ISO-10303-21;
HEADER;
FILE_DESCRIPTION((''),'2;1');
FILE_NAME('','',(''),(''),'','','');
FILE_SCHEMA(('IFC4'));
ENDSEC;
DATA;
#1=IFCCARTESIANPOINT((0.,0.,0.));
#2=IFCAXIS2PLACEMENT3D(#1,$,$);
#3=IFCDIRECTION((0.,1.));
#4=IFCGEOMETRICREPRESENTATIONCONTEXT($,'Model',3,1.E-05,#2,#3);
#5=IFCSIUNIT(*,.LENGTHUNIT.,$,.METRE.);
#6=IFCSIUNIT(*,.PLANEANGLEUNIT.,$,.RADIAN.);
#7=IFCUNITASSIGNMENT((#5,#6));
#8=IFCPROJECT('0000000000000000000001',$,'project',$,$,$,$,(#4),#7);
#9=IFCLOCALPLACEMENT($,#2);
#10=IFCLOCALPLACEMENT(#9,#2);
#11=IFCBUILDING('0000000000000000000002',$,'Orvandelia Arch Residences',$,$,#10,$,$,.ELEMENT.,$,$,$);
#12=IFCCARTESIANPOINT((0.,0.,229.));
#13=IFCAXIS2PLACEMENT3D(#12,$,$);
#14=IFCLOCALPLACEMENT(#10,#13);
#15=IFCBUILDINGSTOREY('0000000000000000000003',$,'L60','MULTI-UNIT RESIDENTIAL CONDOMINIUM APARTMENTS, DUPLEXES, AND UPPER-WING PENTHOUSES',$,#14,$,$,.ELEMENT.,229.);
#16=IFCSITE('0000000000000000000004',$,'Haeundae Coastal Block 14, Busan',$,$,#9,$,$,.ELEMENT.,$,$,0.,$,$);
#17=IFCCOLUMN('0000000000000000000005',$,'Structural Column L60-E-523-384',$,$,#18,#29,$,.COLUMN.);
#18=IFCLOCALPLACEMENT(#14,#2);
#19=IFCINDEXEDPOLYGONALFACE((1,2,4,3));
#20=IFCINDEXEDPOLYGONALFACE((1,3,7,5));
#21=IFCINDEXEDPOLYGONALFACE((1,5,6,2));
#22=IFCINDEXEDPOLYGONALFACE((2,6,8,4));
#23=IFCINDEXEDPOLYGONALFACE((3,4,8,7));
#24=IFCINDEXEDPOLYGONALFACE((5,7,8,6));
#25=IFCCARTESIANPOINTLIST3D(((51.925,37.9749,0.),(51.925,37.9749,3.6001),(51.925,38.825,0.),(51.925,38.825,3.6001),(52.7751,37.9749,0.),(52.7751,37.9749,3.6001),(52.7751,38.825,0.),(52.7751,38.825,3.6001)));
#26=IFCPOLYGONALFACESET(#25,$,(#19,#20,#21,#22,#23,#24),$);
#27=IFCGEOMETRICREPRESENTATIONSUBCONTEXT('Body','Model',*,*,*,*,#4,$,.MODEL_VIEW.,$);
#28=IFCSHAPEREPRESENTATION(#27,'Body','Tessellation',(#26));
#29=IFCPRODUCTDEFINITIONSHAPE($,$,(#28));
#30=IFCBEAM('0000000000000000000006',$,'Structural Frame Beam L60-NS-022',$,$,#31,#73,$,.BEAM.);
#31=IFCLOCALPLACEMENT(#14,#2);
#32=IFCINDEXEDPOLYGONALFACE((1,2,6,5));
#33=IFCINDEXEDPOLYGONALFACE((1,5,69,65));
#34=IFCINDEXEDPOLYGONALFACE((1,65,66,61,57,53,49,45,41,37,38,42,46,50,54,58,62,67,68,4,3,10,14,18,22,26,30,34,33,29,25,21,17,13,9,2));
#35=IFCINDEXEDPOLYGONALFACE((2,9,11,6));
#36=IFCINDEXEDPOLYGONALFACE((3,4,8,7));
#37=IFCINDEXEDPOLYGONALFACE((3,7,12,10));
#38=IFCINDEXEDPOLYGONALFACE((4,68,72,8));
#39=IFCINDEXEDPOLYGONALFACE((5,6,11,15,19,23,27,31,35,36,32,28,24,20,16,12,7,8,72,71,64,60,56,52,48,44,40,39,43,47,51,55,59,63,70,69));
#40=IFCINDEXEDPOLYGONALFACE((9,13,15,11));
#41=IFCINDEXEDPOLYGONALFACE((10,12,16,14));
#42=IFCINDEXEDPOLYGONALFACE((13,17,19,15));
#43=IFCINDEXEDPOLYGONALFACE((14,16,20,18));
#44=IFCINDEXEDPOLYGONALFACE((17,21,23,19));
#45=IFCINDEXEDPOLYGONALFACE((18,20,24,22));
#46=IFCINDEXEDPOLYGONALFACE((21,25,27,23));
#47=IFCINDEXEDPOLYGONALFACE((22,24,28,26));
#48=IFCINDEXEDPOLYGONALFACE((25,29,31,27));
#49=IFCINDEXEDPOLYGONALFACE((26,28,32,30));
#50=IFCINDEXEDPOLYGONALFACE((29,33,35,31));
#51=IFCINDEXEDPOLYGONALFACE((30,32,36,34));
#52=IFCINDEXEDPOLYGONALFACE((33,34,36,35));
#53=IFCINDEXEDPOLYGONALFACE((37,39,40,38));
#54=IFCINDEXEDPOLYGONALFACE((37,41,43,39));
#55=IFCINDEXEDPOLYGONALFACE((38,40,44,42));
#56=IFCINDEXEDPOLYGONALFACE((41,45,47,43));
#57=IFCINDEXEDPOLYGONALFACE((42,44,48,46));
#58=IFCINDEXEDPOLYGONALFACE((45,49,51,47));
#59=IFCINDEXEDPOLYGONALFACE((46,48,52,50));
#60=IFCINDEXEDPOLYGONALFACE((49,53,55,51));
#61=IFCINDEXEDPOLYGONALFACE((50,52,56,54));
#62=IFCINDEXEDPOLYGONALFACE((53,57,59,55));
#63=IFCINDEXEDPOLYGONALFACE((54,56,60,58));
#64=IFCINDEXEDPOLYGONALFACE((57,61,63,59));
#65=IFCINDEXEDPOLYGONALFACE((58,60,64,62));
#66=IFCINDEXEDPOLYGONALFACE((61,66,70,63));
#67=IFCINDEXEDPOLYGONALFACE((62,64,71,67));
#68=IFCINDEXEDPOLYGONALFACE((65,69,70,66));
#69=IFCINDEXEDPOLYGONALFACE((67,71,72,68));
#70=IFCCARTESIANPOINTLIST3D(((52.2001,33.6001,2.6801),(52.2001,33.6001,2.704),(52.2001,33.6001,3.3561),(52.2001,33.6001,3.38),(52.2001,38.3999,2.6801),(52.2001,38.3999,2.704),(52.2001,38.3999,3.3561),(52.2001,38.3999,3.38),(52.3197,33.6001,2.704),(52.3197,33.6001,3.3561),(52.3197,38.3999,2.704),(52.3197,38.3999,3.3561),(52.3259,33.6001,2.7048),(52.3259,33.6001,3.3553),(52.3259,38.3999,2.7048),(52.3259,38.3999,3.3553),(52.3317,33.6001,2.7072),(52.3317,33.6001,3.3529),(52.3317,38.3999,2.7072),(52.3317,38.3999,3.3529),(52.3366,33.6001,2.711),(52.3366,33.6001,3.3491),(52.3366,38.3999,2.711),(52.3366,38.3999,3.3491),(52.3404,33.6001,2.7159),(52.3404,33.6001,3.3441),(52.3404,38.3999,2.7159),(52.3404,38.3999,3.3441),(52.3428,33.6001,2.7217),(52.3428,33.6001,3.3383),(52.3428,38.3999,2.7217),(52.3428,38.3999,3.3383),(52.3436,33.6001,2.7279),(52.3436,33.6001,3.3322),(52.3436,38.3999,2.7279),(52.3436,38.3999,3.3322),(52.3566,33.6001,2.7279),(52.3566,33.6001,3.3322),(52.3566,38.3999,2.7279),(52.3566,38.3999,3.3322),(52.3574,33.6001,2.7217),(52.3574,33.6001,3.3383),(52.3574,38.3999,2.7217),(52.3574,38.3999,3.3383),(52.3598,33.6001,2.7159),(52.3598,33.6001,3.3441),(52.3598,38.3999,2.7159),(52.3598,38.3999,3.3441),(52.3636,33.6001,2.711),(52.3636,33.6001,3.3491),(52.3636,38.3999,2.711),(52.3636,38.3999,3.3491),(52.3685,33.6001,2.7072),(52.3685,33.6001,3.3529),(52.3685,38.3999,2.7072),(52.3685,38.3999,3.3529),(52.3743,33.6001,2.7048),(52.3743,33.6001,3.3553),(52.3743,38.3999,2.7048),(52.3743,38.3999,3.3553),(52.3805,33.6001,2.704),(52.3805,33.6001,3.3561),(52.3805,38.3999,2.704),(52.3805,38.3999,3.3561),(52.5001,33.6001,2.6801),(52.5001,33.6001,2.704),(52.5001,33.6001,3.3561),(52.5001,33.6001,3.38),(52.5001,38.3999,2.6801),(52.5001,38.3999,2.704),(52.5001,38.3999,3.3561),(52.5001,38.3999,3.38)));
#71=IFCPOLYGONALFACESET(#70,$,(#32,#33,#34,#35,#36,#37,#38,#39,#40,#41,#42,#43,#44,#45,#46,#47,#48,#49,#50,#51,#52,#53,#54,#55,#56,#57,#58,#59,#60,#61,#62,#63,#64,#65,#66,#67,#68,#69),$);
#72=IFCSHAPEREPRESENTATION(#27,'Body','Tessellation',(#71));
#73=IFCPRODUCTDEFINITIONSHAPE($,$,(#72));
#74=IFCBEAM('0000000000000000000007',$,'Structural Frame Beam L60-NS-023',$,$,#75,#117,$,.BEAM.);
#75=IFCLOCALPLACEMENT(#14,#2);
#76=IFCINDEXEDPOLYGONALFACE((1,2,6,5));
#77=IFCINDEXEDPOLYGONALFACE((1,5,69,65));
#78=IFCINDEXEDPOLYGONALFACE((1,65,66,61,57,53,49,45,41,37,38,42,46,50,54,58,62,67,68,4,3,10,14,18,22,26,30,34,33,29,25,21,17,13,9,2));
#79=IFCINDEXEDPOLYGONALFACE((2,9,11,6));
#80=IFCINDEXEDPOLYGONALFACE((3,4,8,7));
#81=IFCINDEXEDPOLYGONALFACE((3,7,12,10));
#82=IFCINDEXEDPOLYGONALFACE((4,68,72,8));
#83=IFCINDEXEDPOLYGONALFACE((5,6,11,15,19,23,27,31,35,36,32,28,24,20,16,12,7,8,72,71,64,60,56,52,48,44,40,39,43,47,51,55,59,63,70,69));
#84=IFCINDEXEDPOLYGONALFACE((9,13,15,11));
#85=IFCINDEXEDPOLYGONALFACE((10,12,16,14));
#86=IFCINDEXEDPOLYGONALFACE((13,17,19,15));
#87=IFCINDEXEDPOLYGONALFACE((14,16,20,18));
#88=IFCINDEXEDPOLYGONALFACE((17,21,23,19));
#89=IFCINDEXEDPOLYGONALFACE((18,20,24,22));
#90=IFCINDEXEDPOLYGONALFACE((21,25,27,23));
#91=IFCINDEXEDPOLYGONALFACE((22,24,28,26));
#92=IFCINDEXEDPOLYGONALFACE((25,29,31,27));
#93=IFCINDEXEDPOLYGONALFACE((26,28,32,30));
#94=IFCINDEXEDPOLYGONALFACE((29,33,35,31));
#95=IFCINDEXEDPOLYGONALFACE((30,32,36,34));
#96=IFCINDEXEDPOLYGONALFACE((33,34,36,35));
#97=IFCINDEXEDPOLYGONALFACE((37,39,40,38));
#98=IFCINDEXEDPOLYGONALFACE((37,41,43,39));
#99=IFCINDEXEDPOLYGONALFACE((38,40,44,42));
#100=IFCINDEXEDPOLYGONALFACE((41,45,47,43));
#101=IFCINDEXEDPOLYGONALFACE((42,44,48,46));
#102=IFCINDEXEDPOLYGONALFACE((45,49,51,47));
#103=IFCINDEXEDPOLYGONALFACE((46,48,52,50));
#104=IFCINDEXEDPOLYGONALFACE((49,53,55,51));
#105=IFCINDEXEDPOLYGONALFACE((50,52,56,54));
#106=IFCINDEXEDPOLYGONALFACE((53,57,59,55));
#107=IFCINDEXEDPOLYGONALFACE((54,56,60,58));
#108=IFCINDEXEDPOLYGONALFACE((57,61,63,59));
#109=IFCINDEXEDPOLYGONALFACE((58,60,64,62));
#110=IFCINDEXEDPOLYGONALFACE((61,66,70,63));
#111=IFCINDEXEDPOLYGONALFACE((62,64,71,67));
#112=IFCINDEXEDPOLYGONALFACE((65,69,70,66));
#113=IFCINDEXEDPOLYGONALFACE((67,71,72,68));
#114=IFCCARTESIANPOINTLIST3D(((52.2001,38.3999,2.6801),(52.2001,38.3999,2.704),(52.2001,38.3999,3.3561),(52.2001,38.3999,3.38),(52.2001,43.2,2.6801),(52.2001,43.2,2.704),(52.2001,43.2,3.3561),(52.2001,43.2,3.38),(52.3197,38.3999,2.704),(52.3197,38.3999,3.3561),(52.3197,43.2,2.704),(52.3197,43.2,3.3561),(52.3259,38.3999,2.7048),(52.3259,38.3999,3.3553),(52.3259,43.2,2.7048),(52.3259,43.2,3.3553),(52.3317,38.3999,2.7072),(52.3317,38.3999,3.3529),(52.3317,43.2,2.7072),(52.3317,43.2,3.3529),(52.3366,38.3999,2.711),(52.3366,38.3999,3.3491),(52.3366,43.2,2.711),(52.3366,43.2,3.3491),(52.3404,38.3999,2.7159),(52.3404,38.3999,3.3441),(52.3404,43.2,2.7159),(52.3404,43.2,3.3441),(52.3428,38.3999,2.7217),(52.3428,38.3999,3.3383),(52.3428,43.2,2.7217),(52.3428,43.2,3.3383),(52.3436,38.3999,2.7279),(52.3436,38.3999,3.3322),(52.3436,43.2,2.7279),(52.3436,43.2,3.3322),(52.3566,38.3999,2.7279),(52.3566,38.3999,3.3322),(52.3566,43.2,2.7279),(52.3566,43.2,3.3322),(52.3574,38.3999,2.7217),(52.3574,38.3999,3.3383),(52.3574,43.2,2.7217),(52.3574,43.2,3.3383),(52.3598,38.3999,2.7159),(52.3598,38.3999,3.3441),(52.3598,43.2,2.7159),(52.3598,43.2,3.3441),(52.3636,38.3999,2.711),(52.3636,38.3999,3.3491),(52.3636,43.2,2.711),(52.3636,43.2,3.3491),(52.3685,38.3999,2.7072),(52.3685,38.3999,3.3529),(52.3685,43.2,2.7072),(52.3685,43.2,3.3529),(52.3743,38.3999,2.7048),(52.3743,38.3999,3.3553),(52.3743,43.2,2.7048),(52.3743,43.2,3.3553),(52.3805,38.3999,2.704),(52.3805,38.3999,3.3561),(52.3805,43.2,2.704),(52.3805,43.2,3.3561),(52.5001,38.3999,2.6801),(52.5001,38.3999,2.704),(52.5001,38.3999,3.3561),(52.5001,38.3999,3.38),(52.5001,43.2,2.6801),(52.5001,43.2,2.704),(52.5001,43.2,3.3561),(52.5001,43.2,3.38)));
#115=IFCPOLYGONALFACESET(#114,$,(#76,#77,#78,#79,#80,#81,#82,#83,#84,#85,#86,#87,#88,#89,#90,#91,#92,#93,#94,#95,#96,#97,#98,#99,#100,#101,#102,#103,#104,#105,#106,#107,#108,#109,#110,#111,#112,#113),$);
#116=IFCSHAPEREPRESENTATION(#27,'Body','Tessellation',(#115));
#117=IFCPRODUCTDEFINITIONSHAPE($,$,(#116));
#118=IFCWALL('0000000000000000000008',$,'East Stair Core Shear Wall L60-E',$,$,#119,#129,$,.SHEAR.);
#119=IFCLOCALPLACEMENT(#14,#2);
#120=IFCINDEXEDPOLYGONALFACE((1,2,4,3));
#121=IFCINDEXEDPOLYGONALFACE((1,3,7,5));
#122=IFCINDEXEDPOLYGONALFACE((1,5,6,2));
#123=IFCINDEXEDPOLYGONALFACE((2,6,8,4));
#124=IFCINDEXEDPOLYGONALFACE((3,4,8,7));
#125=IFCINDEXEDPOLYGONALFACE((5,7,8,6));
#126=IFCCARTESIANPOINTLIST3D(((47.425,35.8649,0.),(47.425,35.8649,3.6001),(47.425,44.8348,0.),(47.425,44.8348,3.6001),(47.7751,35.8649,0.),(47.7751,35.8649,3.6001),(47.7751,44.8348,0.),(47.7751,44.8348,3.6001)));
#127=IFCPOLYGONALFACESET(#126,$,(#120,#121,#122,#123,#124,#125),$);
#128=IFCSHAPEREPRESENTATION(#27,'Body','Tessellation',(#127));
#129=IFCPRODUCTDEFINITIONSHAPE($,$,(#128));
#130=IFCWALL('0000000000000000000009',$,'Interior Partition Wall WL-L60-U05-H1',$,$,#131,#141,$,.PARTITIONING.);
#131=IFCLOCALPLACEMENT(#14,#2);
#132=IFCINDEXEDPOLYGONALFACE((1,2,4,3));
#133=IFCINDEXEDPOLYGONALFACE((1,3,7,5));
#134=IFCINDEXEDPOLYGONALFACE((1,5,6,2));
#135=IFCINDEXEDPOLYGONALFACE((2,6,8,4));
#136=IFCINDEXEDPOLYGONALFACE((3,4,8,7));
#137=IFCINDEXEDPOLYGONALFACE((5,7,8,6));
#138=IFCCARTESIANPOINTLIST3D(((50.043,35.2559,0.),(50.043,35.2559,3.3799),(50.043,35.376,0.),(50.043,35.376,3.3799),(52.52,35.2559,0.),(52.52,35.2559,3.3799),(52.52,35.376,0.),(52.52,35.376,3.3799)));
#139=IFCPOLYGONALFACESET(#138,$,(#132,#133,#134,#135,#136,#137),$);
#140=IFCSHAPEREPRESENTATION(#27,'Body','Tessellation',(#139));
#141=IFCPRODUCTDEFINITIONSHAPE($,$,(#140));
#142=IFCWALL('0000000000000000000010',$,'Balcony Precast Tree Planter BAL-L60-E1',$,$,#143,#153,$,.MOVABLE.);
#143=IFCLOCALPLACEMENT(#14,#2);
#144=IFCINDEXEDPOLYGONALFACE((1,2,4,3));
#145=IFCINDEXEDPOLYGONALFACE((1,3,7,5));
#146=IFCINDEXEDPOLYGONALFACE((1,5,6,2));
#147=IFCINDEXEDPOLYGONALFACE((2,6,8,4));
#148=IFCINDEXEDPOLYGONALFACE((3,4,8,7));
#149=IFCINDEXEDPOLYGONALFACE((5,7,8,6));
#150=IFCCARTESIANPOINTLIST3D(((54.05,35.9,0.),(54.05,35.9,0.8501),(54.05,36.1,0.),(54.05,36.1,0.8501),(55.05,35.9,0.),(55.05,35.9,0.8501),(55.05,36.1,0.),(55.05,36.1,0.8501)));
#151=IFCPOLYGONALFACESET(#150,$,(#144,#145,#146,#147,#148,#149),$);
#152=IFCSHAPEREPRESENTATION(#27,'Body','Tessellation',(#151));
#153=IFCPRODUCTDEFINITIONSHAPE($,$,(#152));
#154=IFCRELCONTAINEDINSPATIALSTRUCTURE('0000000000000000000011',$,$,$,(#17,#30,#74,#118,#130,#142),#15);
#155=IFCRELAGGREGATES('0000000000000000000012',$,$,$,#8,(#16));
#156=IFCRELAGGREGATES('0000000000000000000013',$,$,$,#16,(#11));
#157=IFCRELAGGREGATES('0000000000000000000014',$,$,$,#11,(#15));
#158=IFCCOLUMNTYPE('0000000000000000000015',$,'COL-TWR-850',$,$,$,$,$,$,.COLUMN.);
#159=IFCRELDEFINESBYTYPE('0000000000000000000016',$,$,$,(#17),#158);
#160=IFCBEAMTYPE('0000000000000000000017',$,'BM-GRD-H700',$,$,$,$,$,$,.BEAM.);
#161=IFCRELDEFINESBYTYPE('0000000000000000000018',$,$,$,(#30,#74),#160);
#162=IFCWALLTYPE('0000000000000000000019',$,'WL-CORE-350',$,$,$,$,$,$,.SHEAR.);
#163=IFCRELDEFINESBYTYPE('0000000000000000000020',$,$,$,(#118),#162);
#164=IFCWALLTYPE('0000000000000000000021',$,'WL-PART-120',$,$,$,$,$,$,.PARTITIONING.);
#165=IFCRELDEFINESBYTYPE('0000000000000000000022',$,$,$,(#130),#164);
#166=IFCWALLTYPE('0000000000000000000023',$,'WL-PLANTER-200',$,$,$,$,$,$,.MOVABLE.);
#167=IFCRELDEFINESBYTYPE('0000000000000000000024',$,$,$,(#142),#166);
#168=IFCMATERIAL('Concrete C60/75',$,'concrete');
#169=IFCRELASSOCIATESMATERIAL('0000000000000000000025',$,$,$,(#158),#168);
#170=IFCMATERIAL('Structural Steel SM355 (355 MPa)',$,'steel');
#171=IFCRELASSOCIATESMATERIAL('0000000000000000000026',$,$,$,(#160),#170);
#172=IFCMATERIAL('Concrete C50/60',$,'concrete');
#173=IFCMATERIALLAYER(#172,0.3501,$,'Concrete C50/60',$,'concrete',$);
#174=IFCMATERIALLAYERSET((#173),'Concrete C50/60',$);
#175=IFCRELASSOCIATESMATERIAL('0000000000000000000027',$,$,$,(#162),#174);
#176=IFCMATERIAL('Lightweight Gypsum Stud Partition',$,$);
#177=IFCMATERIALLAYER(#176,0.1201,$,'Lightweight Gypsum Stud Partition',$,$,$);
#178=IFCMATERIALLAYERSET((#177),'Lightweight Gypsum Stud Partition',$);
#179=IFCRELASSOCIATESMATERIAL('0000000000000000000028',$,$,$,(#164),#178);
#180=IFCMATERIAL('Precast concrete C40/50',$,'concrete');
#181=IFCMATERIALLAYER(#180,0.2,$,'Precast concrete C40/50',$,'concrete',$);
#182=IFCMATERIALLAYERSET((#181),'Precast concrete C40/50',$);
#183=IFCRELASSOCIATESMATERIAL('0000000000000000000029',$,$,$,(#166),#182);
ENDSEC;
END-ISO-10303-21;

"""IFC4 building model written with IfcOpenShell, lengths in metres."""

from ifc_helpers import new_model, si_unit, direction, frame, frame_2d, origin, origin_2d, place, context, subcontext, project, spatial, rectangle, i_section, extrude, material, layer, layer_set, material_profile, profile_set, type_object, element, save


model = new_model("IFC4")

# Units and contexts
model_context = context("Model", 3, precision=1e-05, world=origin(), true_north=direction((0.0, 1.0)))
body_context = subcontext(model_context, "Body", "Model", "MODEL_VIEW")
ifc_project = project(units=[si_unit("LENGTHUNIT", "METRE"), si_unit("PLANEANGLEUNIT", "RADIAN")], contexts=[model_context])

# Site, building, storey
site_placement = place(None, origin())
site = spatial("IfcSite", under=ifc_project, at=site_placement, Name="Haeundae Coastal Block 14, Busan", CompositionType="ELEMENT", RefElevation=0.0)
building_placement = place(site_placement, origin())
building = spatial("IfcBuilding", under=site, at=building_placement, Name="Orvandelia Arch Residences", CompositionType="ELEMENT")
storey_placement = place(building_placement, frame((0.0, 0.0, 229.0)))
storey = spatial("IfcBuildingStorey", under=building, at=storey_placement, Name="L60", Description="MULTI-UNIT RESIDENTIAL CONDOMINIUM APARTMENTS, DUPLEXES, AND UPPER-WING PENTHOUSES", CompositionType="ELEMENT", Elevation=229.0)

# Column
ifc_material_1 = material(Name="Concrete C60/75", Category="concrete")
ifc_material_profile_1 = material_profile(ifc_material_1, rectangle(XDim=0.8501, YDim=0.8501, at=origin_2d()), Name="Concrete C60/75", Category="concrete")
ifc_profile_set_1 = profile_set([ifc_material_profile_1], Name="Concrete C60/75")
column_type = type_object("IfcColumnType", Name="COL-TWR-850", PredefinedType="COLUMN", material=ifc_profile_set_1)
column_placement = place(storey_placement, frame((52.3501, 38.3999, 0.0), z_axis=(0.0, 0.0, 1.0), x_axis=(1.0, 0.0, 0.0)))
element("IfcColumn", 1, at=column_placement, inside=storey, type_object=column_type, Name="Structural Column L60-E-523-384", PredefinedType="COLUMN", context=body_context, shape_type="SweptSolid", body=[
    extrude(rectangle(XDim=0.8501, YDim=0.8501, at=origin_2d()), origin(), (0.0, 0.0, 1.0), 3.6001),
])

# Beams
ifc_material_2 = material(Name="Structural Steel SM355 (355 MPa)", Category="steel")
ifc_material_profile_2 = material_profile(ifc_material_2, i_section(OverallWidth=0.3, OverallDepth=0.7, WebThickness=0.0129, FlangeThickness=0.0239, FilletRadius=0.0239, at=origin_2d()), Name="Structural Steel SM355 (355 MPa)", Category="steel")
ifc_profile_set_2 = profile_set([ifc_material_profile_2], Name="Structural Steel SM355 (355 MPa)")
beam_type = type_object("IfcBeamType", Name="BM-GRD-H700", PredefinedType="BEAM", material=ifc_profile_set_2)
beam_1_placement = place(storey_placement, frame((52.3501, 33.6001, 3.03), z_axis=(0.0, 1.0, 0.0), x_axis=(-1.0, 0.0, 0.0)))
element("IfcBeam", 2, at=beam_1_placement, inside=storey, type_object=beam_type, Name="Structural Frame Beam L60-NS-022", PredefinedType="BEAM", context=body_context, shape_type="SweptSolid", body=[
    extrude(i_section(OverallWidth=0.3, OverallDepth=0.7, WebThickness=0.0129, FlangeThickness=0.0239, FilletRadius=0.0239, at=origin_2d()), origin(), (0.0, 0.0, 1.0), 4.7998),
])
beam_2_placement = place(storey_placement, frame((52.3501, 38.3999, 3.03), z_axis=(0.0, 1.0, 0.0), x_axis=(-1.0, 0.0, 0.0)))
element("IfcBeam", 3, at=beam_2_placement, inside=storey, type_object=beam_type, Name="Structural Frame Beam L60-NS-023", PredefinedType="BEAM", context=body_context, shape_type="SweptSolid", body=[
    extrude(i_section(OverallWidth=0.3, OverallDepth=0.7, WebThickness=0.0129, FlangeThickness=0.0239, FilletRadius=0.0239, at=origin_2d()), origin(), (0.0, 0.0, 1.0), 4.8),
])

# Wall
ifc_material_3 = material(Name="Concrete C50/60", Category="concrete")
ifc_layer_1 = layer(ifc_material_3, 0.3501, Name="Concrete C50/60", Category="concrete")
ifc_layer_set_1 = layer_set([ifc_layer_1], Name="Concrete C50/60")
wall_type_1 = type_object("IfcWallType", Name="WL-CORE-350", PredefinedType="SHEAR", material=ifc_layer_set_1)
wall_1_placement = place(storey_placement, frame((47.6001, 35.865, 0.0), z_axis=(0.0, 0.0, 1.0), x_axis=(0.0, 1.0, 0.0)))
element("IfcWall", 4, at=wall_1_placement, inside=storey, type_object=wall_type_1, Name="East Stair Core Shear Wall L60-E", PredefinedType="SHEAR", context=body_context, shape_type="SweptSolid", body=[
    extrude(rectangle(XDim=8.97, YDim=0.3501, at=frame_2d((4.4849, 0.0))), origin(), (0.0, 0.0, 1.0), 3.6001),
])

# Shared definitions
ifc_material_4 = material(Name="Lightweight Gypsum Stud Partition")
ifc_layer_2 = layer(ifc_material_4, 0.1201, Name="Lightweight Gypsum Stud Partition")
ifc_layer_set_2 = layer_set([ifc_layer_2], Name="Lightweight Gypsum Stud Partition")
wall_type_2 = type_object("IfcWallType", Name="WL-PART-120", PredefinedType="PARTITIONING", material=ifc_layer_set_2)

# Walls
wall_2_placement = place(storey_placement, frame((50.043, 35.3159, 0.0), z_axis=(0.0, 0.0, 1.0), x_axis=(1.0, 0.0, 0.0)))
element("IfcWall", 5, at=wall_2_placement, inside=storey, type_object=wall_type_2, Name="Interior Partition Wall WL-L60-U05-H1", PredefinedType="PARTITIONING", context=body_context, shape_type="SweptSolid", body=[
    extrude(rectangle(XDim=2.4771, YDim=0.1201, at=frame_2d((1.2385, 0.0))), origin(), (0.0, 0.0, 1.0), 3.3799),
])
ifc_material_5 = material(Name="Precast concrete C40/50", Category="concrete")
ifc_layer_3 = layer(ifc_material_5, 0.2, Name="Precast concrete C40/50", Category="concrete")
ifc_layer_set_3 = layer_set([ifc_layer_3], Name="Precast concrete C40/50")
wall_type_3 = type_object("IfcWallType", Name="WL-PLANTER-200", PredefinedType="MOVABLE", material=ifc_layer_set_3)
wall_3_placement = place(storey_placement, frame((54.05, 36.0, 0.0), z_axis=(0.0, 0.0, 1.0), x_axis=(1.0, 0.0, 0.0)))
element("IfcWall", 6, at=wall_3_placement, inside=storey, type_object=wall_type_3, Name="Balcony Precast Tree Planter BAL-L60-E1", PredefinedType="MOVABLE", context=body_context, shape_type="SweptSolid", body=[
    extrude(rectangle(XDim=1.0, YDim=0.2, at=frame_2d((0.5, 0.0))), origin(), (0.0, 0.0, 1.0), 0.8501),
])

save(model, "model.ifc")
